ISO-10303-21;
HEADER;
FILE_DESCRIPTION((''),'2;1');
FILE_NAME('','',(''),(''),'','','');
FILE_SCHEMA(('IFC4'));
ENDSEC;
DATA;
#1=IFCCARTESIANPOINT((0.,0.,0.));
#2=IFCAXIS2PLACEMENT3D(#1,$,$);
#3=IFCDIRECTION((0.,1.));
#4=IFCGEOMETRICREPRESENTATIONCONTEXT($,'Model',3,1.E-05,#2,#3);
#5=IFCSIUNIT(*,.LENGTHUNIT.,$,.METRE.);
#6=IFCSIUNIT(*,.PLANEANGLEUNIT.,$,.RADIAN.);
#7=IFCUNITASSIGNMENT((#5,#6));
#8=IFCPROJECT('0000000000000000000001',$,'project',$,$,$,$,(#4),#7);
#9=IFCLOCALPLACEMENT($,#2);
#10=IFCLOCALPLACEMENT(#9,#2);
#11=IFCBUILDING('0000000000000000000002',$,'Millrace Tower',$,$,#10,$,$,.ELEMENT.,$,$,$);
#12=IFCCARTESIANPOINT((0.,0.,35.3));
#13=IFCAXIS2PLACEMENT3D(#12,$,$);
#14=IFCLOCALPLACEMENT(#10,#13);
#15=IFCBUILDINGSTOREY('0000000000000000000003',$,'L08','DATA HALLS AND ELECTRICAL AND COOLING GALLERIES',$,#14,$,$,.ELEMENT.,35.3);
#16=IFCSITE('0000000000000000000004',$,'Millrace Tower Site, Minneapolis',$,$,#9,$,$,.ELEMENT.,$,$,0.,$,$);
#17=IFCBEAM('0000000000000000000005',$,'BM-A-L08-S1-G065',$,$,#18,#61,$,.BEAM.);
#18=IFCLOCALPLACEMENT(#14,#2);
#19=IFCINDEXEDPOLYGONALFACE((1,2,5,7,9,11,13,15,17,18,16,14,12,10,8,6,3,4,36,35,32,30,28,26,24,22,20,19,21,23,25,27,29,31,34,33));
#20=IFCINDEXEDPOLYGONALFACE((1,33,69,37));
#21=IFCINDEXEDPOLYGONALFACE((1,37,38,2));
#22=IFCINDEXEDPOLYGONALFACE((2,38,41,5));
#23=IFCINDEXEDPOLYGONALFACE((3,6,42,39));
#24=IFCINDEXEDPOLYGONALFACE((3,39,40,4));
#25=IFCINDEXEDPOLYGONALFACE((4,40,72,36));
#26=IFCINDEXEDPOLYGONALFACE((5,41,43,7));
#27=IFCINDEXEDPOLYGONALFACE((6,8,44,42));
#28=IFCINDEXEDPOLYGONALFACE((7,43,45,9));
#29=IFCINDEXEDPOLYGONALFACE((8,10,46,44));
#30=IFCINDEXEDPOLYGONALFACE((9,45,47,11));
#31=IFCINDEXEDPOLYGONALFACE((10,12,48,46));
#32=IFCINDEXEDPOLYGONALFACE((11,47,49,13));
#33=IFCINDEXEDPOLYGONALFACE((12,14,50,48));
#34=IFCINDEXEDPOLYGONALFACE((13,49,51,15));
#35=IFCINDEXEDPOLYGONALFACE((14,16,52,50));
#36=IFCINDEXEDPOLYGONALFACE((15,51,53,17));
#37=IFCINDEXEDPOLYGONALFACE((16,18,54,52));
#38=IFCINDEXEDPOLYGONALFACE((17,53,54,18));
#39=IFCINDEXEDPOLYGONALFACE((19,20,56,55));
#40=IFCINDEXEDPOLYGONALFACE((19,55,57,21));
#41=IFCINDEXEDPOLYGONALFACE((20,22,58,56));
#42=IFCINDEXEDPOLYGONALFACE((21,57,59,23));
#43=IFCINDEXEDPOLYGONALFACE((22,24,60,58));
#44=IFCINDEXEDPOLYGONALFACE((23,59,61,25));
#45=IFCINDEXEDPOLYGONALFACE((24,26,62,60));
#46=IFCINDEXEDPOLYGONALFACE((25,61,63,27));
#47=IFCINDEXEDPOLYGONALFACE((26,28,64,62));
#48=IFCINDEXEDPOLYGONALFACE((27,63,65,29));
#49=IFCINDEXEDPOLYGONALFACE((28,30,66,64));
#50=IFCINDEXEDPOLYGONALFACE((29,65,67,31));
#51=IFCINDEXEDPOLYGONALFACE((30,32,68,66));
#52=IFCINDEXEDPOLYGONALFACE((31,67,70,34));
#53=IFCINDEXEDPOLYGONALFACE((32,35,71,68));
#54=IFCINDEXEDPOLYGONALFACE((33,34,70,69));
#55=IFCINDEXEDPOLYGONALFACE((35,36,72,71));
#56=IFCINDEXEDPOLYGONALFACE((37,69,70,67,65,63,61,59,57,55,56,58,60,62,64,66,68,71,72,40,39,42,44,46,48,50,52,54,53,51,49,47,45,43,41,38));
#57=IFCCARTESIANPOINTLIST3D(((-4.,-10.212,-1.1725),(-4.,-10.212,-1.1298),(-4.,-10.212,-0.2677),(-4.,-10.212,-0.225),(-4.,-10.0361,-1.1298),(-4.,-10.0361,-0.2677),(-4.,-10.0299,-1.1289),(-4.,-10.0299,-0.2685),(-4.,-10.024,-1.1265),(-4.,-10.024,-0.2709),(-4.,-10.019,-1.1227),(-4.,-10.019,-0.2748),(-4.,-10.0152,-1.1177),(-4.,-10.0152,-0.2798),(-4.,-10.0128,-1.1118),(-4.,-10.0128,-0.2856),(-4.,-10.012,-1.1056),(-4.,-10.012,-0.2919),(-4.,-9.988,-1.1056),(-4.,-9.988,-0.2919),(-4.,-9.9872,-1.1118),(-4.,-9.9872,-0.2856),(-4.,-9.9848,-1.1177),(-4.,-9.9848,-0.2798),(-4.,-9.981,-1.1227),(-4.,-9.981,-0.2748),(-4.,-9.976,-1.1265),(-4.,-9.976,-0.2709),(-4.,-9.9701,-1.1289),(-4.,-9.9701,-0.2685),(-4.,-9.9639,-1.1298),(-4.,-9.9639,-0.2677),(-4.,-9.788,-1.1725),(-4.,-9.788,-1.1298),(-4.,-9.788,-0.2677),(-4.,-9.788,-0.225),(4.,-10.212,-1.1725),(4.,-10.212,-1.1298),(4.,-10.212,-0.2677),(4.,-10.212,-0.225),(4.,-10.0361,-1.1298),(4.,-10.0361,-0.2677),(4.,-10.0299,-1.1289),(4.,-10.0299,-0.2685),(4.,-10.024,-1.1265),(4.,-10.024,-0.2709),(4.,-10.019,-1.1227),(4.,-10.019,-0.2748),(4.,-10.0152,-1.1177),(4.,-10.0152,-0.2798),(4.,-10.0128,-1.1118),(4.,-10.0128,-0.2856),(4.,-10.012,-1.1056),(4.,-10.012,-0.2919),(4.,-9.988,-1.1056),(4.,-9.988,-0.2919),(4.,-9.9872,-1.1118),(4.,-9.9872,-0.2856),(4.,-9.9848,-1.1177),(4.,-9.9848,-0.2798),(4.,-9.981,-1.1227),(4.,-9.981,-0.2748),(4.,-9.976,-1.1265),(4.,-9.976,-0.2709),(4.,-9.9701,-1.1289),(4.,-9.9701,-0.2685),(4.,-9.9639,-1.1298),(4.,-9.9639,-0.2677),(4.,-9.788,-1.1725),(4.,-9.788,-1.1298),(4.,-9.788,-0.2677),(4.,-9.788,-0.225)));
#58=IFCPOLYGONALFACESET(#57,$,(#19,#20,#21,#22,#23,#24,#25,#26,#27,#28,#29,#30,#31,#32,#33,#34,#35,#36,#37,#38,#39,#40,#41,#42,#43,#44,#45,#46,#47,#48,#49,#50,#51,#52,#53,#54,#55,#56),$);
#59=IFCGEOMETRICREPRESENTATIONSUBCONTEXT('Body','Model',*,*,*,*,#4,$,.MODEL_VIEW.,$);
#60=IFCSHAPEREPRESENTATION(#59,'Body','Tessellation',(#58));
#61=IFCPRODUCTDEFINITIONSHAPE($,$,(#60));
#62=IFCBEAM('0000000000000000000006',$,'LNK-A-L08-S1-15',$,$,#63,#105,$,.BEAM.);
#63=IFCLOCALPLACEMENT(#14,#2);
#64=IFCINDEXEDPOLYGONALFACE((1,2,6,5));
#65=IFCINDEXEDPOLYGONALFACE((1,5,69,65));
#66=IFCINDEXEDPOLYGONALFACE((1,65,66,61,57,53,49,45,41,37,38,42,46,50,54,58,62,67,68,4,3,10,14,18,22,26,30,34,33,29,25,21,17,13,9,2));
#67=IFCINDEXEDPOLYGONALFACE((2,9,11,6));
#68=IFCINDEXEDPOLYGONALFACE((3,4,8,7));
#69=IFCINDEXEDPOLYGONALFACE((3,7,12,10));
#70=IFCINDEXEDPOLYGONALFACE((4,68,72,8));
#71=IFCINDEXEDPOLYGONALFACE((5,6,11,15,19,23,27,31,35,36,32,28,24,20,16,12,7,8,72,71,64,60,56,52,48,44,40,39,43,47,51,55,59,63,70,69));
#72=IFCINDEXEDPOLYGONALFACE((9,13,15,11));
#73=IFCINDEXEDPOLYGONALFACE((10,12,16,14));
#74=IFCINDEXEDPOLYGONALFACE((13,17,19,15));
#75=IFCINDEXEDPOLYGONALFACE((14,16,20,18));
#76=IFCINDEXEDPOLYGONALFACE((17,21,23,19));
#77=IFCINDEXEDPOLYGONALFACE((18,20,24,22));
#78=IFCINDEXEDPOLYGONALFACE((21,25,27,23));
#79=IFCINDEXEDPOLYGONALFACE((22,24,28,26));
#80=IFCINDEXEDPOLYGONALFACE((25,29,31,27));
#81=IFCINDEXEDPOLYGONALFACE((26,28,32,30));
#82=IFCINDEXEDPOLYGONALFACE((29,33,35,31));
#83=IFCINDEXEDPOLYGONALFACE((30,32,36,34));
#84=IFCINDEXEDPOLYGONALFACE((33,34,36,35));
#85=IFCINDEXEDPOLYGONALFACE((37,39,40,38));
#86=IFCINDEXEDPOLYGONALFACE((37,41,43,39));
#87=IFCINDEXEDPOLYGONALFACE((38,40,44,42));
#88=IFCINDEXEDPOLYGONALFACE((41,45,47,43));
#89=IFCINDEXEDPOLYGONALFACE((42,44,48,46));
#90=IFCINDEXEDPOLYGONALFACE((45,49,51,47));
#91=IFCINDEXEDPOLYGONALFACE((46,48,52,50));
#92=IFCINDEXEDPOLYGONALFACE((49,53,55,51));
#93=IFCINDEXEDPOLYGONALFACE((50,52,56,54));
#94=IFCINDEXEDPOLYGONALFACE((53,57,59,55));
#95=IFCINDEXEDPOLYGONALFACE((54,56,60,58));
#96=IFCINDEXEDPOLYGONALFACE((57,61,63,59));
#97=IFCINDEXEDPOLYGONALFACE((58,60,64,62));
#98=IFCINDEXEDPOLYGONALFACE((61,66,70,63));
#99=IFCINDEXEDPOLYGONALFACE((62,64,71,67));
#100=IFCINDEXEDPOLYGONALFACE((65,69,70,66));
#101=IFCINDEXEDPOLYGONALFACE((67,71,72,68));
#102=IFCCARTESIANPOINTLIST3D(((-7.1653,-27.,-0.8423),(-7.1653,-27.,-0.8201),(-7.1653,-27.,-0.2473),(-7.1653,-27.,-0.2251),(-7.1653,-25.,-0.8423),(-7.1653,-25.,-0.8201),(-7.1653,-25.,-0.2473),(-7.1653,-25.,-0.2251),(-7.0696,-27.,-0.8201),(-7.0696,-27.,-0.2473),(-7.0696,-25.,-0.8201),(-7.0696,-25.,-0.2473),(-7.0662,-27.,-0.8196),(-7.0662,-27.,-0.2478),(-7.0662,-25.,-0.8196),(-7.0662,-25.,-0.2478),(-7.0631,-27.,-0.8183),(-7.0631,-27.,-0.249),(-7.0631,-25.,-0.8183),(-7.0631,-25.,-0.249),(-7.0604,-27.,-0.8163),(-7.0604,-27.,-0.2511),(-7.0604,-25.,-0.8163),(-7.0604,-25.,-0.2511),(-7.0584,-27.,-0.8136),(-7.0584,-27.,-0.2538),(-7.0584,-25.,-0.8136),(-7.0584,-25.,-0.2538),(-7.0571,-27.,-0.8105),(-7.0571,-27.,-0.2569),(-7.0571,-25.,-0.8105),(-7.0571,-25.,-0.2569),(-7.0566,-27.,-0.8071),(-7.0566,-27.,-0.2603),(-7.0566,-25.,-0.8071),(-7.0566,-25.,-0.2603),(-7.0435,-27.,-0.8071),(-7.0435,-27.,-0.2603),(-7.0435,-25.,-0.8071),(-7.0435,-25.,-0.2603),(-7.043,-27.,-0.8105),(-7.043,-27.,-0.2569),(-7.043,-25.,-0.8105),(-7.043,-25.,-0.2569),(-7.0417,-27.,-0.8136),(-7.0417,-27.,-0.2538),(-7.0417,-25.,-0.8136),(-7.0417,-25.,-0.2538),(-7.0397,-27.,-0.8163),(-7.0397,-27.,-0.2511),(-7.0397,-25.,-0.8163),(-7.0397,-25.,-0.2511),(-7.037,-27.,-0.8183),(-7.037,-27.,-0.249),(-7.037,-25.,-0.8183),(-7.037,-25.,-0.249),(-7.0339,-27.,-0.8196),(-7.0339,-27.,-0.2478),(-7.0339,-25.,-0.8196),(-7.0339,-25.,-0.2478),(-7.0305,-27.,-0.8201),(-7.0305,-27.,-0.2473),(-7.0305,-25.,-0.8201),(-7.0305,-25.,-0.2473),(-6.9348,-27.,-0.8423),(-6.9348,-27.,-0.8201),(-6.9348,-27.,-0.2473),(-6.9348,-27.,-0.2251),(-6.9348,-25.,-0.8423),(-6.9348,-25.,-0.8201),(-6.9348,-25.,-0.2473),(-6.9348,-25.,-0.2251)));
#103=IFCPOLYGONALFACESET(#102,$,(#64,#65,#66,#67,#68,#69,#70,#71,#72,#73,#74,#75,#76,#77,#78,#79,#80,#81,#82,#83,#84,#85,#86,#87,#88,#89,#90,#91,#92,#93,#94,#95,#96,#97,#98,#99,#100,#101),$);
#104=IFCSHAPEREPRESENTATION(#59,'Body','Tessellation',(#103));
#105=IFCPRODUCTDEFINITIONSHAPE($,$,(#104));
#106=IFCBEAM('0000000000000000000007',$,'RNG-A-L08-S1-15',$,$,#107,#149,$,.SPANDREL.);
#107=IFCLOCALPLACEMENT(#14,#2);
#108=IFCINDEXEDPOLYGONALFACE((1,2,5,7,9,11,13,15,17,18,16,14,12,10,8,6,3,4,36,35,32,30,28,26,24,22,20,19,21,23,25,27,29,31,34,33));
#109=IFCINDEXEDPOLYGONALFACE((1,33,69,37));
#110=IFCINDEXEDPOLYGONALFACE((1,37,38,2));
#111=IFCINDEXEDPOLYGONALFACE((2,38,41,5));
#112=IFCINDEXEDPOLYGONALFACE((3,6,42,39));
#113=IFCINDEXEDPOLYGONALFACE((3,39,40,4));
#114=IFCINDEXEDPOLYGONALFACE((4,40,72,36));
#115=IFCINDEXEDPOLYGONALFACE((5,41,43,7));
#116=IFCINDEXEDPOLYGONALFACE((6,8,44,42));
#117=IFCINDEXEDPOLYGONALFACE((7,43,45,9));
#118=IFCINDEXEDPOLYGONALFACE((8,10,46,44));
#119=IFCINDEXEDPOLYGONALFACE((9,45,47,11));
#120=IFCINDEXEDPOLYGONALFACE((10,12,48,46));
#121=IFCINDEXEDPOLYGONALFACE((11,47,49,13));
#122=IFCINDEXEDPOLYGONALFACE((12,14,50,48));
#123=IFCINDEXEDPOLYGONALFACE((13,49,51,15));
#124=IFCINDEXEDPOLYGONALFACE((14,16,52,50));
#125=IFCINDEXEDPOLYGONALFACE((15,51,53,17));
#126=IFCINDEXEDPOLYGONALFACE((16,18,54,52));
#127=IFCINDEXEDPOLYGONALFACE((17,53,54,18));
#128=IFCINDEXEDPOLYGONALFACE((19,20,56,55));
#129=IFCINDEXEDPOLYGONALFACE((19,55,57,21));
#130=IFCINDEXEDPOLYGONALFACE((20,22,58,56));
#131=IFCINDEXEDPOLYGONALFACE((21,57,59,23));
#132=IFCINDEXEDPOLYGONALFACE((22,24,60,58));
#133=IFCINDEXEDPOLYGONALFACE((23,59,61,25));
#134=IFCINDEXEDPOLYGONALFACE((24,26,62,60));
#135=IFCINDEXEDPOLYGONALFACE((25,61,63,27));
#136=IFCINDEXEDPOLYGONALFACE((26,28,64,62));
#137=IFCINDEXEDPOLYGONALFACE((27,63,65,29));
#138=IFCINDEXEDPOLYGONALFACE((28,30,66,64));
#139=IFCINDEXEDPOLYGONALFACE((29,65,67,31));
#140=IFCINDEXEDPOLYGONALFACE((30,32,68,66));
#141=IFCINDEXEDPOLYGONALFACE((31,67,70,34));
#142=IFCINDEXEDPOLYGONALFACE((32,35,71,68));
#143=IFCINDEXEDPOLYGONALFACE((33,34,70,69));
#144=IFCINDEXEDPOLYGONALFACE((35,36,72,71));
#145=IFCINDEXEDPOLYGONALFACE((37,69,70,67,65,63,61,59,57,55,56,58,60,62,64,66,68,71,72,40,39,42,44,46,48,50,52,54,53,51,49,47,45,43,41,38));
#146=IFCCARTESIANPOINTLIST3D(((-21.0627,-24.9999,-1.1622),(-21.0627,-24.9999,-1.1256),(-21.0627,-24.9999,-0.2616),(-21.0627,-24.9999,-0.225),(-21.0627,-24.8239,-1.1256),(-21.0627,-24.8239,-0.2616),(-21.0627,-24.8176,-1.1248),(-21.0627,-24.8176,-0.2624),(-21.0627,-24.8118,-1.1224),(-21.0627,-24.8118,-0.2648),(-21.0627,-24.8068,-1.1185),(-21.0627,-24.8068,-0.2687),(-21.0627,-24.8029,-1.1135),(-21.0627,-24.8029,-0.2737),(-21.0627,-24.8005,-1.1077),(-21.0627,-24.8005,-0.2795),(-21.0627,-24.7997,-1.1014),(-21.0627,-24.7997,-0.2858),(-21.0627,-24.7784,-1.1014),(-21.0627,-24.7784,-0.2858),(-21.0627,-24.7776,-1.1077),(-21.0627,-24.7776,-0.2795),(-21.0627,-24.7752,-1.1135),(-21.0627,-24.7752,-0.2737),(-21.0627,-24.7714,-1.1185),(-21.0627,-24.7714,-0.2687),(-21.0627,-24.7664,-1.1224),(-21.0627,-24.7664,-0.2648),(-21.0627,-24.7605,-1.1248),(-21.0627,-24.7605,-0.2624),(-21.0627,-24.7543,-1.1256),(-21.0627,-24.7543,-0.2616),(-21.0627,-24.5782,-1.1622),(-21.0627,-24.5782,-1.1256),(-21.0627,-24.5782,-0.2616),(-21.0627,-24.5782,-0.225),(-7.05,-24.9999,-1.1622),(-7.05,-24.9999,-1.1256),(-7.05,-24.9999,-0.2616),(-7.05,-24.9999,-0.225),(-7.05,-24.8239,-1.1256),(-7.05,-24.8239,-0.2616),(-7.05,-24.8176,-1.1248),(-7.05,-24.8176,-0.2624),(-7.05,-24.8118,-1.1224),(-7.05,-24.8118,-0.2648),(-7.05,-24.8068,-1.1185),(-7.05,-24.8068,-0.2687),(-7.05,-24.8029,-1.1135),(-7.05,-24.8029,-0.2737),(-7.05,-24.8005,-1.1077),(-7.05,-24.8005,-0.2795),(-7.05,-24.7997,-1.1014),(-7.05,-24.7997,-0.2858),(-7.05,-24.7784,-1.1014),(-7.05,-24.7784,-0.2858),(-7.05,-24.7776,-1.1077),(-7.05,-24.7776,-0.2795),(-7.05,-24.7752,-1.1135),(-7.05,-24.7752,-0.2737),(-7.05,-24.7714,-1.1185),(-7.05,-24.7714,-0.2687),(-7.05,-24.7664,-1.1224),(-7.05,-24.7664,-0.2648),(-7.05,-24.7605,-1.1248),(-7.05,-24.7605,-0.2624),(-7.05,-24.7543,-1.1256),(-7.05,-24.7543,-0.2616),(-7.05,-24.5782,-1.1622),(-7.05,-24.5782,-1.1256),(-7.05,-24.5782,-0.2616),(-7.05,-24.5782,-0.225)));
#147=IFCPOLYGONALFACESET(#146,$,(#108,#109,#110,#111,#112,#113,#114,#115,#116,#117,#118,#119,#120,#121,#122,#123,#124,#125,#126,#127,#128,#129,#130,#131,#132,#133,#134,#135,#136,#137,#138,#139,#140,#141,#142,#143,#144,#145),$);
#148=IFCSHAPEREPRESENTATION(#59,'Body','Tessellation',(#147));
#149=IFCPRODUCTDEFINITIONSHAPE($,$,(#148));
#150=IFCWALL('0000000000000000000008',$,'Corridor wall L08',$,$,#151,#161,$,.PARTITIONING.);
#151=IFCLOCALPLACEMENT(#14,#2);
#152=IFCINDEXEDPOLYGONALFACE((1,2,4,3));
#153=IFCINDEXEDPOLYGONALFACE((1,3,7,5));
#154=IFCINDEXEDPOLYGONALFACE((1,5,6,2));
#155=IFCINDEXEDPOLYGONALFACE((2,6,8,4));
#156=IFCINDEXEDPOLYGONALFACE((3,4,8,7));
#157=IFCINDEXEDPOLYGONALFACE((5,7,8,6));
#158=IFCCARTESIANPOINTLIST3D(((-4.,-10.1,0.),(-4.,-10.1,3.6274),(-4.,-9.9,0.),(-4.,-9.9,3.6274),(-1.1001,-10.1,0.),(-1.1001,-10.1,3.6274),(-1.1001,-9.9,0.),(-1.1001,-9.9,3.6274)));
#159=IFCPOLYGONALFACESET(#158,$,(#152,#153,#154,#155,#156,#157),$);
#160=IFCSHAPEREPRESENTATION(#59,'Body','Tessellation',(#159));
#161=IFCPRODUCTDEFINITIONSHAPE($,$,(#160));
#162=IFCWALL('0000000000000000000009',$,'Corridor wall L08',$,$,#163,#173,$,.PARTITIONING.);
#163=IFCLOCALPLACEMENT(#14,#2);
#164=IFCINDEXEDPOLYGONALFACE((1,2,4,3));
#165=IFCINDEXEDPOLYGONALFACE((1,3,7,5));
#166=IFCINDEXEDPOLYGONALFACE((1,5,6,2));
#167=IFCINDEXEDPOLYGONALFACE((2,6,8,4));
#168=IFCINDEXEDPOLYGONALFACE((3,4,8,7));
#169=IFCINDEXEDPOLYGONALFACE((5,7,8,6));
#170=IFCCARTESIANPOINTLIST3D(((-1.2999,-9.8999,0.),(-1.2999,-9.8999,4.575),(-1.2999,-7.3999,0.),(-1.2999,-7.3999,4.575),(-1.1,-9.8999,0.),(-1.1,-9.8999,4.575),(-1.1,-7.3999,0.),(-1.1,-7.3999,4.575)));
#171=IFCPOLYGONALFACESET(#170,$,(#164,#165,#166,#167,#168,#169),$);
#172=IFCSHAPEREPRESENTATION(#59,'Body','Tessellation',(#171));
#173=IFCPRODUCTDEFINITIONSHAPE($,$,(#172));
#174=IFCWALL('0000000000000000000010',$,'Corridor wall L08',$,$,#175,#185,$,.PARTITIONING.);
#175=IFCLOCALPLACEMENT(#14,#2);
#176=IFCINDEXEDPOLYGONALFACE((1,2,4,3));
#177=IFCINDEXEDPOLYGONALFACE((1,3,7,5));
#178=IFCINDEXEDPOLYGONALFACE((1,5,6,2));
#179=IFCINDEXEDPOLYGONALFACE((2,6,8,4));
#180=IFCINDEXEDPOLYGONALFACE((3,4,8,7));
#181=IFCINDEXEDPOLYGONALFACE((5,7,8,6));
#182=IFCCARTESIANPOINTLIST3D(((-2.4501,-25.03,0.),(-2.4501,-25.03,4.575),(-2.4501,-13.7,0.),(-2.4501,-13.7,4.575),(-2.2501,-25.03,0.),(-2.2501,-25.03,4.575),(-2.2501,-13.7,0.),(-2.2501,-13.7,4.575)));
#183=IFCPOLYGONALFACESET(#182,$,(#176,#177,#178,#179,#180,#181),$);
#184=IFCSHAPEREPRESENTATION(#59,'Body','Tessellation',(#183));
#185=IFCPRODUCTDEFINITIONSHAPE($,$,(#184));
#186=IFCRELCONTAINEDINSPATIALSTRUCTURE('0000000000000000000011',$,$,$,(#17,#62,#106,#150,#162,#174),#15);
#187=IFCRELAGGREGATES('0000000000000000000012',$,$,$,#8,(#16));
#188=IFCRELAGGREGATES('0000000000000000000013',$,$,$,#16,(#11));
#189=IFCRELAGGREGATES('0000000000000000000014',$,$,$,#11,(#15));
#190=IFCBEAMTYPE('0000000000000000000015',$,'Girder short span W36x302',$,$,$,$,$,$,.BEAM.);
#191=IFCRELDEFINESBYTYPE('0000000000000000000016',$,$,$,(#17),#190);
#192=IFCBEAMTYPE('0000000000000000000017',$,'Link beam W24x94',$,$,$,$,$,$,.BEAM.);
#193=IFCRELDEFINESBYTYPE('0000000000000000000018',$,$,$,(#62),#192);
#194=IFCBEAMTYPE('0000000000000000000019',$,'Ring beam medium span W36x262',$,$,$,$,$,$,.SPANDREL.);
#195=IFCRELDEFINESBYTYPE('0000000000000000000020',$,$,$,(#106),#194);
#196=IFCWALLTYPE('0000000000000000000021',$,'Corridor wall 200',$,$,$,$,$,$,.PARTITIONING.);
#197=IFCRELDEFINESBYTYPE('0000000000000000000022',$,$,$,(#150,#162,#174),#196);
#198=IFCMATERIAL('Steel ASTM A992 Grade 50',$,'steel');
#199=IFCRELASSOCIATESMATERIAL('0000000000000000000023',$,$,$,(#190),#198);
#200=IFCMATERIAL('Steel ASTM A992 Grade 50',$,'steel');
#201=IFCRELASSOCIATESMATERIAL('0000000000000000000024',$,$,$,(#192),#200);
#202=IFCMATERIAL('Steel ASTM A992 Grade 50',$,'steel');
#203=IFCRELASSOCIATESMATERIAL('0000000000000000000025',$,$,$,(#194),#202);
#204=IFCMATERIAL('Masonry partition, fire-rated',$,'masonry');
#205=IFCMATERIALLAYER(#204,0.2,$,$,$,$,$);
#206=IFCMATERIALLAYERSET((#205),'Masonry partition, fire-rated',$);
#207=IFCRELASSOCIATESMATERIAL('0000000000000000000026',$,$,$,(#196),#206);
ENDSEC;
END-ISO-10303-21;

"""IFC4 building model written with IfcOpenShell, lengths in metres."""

from ifc_helpers import new_model, si_unit, direction, frame, frame_2d, origin, origin_2d, place, context, subcontext, project, spatial, rectangle, i_section, extrude, material, layer, layer_set, material_profile, profile_set, type_object, element, save


model = new_model("IFC4")

# Units and contexts
model_context = context("Model", 3, precision=1e-05, world=origin(), true_north=direction((0.0, 1.0)))
body_context = subcontext(model_context, "Body", "Model", "MODEL_VIEW")
ifc_project = project(units=[si_unit("LENGTHUNIT", "METRE"), si_unit("PLANEANGLEUNIT", "RADIAN")], contexts=[model_context])

# Site, building, storey
site_placement = place(None, origin())
site = spatial("IfcSite", under=ifc_project, at=site_placement, Name="Millrace Tower Site, Minneapolis", CompositionType="ELEMENT", RefElevation=0.0)
building_placement = place(site_placement, origin())
building = spatial("IfcBuilding", under=site, at=building_placement, Name="Millrace Tower", CompositionType="ELEMENT")
storey_placement = place(building_placement, frame((0.0, 0.0, 35.3)))
storey = spatial("IfcBuildingStorey", under=building, at=storey_placement, Name="L08", Description="DATA HALLS AND ELECTRICAL AND COOLING GALLERIES", CompositionType="ELEMENT", Elevation=35.3)

# Beams
ifc_material_1 = material(Name="Steel ASTM A992 Grade 50", Category="steel")
ifc_material_profile_1 = material_profile(ifc_material_1, i_section(OverallWidth=0.4241, OverallDepth=0.9475, WebThickness=0.0239, FlangeThickness=0.0427, FilletRadius=0.0242, at=origin_2d()))
ifc_profile_set_1 = profile_set([ifc_material_profile_1], Name="Steel ASTM A992 Grade 50")
beam_type_1 = type_object("IfcBeamType", Name="Girder short span W36x302", PredefinedType="BEAM", material=ifc_profile_set_1)
beam_1_placement = place(storey_placement, frame((-4.0, -10.0, -0.6987), z_axis=(1.0, 0.0, 0.0), x_axis=(0.0, 1.0, 0.0)))
element("IfcBeam", 1, at=beam_1_placement, inside=storey, type_object=beam_type_1, Name="BM-A-L08-S1-G065", PredefinedType="BEAM", context=body_context, shape_type="SweptSolid", body=[
    extrude(i_section(OverallWidth=0.4241, OverallDepth=0.9475, WebThickness=0.0239, FlangeThickness=0.0427, FilletRadius=0.0242, at=origin_2d()), origin(), (0.0, 0.0, 1.0), 8.0),
])
ifc_material_2 = material(Name="Steel ASTM A992 Grade 50", Category="steel")
ifc_material_profile_2 = material_profile(ifc_material_2, i_section(OverallWidth=0.2305, OverallDepth=0.6172, WebThickness=0.0132, FlangeThickness=0.0222, FilletRadius=0.0129, at=origin_2d()))
ifc_profile_set_2 = profile_set([ifc_material_profile_2], Name="Steel ASTM A992 Grade 50")
beam_type_2 = type_object("IfcBeamType", Name="Link beam W24x94", PredefinedType="BEAM", material=ifc_profile_set_2)
beam_2_placement = place(storey_placement, frame((-7.05, -25.0, -0.5337), z_axis=(0.0, -1.0, 0.0), x_axis=(1.0, 0.0, 0.0)))
element("IfcBeam", 2, at=beam_2_placement, inside=storey, type_object=beam_type_2, Name="LNK-A-L08-S1-15", PredefinedType="BEAM", context=body_context, shape_type="SweptSolid", body=[
    extrude(i_section(OverallWidth=0.2305, OverallDepth=0.6172, WebThickness=0.0132, FlangeThickness=0.0222, FilletRadius=0.0129, at=origin_2d()), origin(), (0.0, 0.0, 1.0), 2.0),
])
ifc_material_3 = material(Name="Steel ASTM A992 Grade 50", Category="steel")
ifc_material_profile_3 = material_profile(ifc_material_3, i_section(OverallWidth=0.4216, OverallDepth=0.9373, WebThickness=0.0212, FlangeThickness=0.0366, FilletRadius=0.0242, at=origin_2d()))
ifc_profile_set_3 = profile_set([ifc_material_profile_3], Name="Steel ASTM A992 Grade 50")
beam_type_3 = type_object("IfcBeamType", Name="Ring beam medium span W36x262", PredefinedType="SPANDREL", material=ifc_profile_set_3)
beam_3_placement = place(storey_placement, frame((-7.05, -24.7891, -0.6936), z_axis=(-1.0, 0.0, 0.0), x_axis=(0.0, -1.0, 0.0)))
element("IfcBeam", 3, at=beam_3_placement, inside=storey, type_object=beam_type_3, Name="RNG-A-L08-S1-15", PredefinedType="SPANDREL", context=body_context, shape_type="SweptSolid", body=[
    extrude(i_section(OverallWidth=0.4216, OverallDepth=0.9373, WebThickness=0.0212, FlangeThickness=0.0366, FilletRadius=0.0242, at=origin_2d()), origin(), (0.0, 0.0, 1.0), 14.0127),
])

# Walls
ifc_material_4 = material(Name="Masonry partition, fire-rated", Category="masonry")
ifc_layer_1 = layer(ifc_material_4, 0.2)
ifc_layer_set_1 = layer_set([ifc_layer_1], Name="Masonry partition, fire-rated")
wall_type_1 = type_object("IfcWallType", Name="Corridor wall 200", PredefinedType="PARTITIONING", material=ifc_layer_set_1)
wall_1_placement = place(storey_placement, frame((-4.0, -10.0, 0.0), z_axis=(0.0, 0.0, 1.0), x_axis=(1.0, 0.0, 0.0)))
element("IfcWall", 4, at=wall_1_placement, inside=storey, type_object=wall_type_1, Name="Corridor wall L08", PredefinedType="PARTITIONING", context=body_context, shape_type="SweptSolid", body=[
    extrude(rectangle(XDim=2.8999, YDim=0.2, at=frame_2d((1.45, 0.0))), origin(), (0.0, 0.0, 1.0), 3.6274),
])
wall_2_placement = place(storey_placement, frame((-1.2, -9.8999, 0.0), z_axis=(0.0, 0.0, 1.0), x_axis=(0.0, 1.0, 0.0)))
element("IfcWall", 5, at=wall_2_placement, inside=storey, type_object=wall_type_1, Name="Corridor wall L08", PredefinedType="PARTITIONING", context=body_context, shape_type="SweptSolid", body=[
    extrude(rectangle(XDim=2.5, YDim=0.2, at=frame_2d((1.25, 0.0))), origin(), (0.0, 0.0, 1.0), 4.575),
])
wall_3_placement = place(storey_placement, frame((-2.3501, -25.03, 0.0), z_axis=(0.0, 0.0, 1.0), x_axis=(0.0, 1.0, 0.0)))
element("IfcWall", 6, at=wall_3_placement, inside=storey, type_object=wall_type_1, Name="Corridor wall L08", PredefinedType="PARTITIONING", context=body_context, shape_type="SweptSolid", body=[
    extrude(rectangle(XDim=11.3301, YDim=0.2, at=frame_2d((5.665, 0.0))), origin(), (0.0, 0.0, 1.0), 4.575),
])

save(model, "model.ifc")
